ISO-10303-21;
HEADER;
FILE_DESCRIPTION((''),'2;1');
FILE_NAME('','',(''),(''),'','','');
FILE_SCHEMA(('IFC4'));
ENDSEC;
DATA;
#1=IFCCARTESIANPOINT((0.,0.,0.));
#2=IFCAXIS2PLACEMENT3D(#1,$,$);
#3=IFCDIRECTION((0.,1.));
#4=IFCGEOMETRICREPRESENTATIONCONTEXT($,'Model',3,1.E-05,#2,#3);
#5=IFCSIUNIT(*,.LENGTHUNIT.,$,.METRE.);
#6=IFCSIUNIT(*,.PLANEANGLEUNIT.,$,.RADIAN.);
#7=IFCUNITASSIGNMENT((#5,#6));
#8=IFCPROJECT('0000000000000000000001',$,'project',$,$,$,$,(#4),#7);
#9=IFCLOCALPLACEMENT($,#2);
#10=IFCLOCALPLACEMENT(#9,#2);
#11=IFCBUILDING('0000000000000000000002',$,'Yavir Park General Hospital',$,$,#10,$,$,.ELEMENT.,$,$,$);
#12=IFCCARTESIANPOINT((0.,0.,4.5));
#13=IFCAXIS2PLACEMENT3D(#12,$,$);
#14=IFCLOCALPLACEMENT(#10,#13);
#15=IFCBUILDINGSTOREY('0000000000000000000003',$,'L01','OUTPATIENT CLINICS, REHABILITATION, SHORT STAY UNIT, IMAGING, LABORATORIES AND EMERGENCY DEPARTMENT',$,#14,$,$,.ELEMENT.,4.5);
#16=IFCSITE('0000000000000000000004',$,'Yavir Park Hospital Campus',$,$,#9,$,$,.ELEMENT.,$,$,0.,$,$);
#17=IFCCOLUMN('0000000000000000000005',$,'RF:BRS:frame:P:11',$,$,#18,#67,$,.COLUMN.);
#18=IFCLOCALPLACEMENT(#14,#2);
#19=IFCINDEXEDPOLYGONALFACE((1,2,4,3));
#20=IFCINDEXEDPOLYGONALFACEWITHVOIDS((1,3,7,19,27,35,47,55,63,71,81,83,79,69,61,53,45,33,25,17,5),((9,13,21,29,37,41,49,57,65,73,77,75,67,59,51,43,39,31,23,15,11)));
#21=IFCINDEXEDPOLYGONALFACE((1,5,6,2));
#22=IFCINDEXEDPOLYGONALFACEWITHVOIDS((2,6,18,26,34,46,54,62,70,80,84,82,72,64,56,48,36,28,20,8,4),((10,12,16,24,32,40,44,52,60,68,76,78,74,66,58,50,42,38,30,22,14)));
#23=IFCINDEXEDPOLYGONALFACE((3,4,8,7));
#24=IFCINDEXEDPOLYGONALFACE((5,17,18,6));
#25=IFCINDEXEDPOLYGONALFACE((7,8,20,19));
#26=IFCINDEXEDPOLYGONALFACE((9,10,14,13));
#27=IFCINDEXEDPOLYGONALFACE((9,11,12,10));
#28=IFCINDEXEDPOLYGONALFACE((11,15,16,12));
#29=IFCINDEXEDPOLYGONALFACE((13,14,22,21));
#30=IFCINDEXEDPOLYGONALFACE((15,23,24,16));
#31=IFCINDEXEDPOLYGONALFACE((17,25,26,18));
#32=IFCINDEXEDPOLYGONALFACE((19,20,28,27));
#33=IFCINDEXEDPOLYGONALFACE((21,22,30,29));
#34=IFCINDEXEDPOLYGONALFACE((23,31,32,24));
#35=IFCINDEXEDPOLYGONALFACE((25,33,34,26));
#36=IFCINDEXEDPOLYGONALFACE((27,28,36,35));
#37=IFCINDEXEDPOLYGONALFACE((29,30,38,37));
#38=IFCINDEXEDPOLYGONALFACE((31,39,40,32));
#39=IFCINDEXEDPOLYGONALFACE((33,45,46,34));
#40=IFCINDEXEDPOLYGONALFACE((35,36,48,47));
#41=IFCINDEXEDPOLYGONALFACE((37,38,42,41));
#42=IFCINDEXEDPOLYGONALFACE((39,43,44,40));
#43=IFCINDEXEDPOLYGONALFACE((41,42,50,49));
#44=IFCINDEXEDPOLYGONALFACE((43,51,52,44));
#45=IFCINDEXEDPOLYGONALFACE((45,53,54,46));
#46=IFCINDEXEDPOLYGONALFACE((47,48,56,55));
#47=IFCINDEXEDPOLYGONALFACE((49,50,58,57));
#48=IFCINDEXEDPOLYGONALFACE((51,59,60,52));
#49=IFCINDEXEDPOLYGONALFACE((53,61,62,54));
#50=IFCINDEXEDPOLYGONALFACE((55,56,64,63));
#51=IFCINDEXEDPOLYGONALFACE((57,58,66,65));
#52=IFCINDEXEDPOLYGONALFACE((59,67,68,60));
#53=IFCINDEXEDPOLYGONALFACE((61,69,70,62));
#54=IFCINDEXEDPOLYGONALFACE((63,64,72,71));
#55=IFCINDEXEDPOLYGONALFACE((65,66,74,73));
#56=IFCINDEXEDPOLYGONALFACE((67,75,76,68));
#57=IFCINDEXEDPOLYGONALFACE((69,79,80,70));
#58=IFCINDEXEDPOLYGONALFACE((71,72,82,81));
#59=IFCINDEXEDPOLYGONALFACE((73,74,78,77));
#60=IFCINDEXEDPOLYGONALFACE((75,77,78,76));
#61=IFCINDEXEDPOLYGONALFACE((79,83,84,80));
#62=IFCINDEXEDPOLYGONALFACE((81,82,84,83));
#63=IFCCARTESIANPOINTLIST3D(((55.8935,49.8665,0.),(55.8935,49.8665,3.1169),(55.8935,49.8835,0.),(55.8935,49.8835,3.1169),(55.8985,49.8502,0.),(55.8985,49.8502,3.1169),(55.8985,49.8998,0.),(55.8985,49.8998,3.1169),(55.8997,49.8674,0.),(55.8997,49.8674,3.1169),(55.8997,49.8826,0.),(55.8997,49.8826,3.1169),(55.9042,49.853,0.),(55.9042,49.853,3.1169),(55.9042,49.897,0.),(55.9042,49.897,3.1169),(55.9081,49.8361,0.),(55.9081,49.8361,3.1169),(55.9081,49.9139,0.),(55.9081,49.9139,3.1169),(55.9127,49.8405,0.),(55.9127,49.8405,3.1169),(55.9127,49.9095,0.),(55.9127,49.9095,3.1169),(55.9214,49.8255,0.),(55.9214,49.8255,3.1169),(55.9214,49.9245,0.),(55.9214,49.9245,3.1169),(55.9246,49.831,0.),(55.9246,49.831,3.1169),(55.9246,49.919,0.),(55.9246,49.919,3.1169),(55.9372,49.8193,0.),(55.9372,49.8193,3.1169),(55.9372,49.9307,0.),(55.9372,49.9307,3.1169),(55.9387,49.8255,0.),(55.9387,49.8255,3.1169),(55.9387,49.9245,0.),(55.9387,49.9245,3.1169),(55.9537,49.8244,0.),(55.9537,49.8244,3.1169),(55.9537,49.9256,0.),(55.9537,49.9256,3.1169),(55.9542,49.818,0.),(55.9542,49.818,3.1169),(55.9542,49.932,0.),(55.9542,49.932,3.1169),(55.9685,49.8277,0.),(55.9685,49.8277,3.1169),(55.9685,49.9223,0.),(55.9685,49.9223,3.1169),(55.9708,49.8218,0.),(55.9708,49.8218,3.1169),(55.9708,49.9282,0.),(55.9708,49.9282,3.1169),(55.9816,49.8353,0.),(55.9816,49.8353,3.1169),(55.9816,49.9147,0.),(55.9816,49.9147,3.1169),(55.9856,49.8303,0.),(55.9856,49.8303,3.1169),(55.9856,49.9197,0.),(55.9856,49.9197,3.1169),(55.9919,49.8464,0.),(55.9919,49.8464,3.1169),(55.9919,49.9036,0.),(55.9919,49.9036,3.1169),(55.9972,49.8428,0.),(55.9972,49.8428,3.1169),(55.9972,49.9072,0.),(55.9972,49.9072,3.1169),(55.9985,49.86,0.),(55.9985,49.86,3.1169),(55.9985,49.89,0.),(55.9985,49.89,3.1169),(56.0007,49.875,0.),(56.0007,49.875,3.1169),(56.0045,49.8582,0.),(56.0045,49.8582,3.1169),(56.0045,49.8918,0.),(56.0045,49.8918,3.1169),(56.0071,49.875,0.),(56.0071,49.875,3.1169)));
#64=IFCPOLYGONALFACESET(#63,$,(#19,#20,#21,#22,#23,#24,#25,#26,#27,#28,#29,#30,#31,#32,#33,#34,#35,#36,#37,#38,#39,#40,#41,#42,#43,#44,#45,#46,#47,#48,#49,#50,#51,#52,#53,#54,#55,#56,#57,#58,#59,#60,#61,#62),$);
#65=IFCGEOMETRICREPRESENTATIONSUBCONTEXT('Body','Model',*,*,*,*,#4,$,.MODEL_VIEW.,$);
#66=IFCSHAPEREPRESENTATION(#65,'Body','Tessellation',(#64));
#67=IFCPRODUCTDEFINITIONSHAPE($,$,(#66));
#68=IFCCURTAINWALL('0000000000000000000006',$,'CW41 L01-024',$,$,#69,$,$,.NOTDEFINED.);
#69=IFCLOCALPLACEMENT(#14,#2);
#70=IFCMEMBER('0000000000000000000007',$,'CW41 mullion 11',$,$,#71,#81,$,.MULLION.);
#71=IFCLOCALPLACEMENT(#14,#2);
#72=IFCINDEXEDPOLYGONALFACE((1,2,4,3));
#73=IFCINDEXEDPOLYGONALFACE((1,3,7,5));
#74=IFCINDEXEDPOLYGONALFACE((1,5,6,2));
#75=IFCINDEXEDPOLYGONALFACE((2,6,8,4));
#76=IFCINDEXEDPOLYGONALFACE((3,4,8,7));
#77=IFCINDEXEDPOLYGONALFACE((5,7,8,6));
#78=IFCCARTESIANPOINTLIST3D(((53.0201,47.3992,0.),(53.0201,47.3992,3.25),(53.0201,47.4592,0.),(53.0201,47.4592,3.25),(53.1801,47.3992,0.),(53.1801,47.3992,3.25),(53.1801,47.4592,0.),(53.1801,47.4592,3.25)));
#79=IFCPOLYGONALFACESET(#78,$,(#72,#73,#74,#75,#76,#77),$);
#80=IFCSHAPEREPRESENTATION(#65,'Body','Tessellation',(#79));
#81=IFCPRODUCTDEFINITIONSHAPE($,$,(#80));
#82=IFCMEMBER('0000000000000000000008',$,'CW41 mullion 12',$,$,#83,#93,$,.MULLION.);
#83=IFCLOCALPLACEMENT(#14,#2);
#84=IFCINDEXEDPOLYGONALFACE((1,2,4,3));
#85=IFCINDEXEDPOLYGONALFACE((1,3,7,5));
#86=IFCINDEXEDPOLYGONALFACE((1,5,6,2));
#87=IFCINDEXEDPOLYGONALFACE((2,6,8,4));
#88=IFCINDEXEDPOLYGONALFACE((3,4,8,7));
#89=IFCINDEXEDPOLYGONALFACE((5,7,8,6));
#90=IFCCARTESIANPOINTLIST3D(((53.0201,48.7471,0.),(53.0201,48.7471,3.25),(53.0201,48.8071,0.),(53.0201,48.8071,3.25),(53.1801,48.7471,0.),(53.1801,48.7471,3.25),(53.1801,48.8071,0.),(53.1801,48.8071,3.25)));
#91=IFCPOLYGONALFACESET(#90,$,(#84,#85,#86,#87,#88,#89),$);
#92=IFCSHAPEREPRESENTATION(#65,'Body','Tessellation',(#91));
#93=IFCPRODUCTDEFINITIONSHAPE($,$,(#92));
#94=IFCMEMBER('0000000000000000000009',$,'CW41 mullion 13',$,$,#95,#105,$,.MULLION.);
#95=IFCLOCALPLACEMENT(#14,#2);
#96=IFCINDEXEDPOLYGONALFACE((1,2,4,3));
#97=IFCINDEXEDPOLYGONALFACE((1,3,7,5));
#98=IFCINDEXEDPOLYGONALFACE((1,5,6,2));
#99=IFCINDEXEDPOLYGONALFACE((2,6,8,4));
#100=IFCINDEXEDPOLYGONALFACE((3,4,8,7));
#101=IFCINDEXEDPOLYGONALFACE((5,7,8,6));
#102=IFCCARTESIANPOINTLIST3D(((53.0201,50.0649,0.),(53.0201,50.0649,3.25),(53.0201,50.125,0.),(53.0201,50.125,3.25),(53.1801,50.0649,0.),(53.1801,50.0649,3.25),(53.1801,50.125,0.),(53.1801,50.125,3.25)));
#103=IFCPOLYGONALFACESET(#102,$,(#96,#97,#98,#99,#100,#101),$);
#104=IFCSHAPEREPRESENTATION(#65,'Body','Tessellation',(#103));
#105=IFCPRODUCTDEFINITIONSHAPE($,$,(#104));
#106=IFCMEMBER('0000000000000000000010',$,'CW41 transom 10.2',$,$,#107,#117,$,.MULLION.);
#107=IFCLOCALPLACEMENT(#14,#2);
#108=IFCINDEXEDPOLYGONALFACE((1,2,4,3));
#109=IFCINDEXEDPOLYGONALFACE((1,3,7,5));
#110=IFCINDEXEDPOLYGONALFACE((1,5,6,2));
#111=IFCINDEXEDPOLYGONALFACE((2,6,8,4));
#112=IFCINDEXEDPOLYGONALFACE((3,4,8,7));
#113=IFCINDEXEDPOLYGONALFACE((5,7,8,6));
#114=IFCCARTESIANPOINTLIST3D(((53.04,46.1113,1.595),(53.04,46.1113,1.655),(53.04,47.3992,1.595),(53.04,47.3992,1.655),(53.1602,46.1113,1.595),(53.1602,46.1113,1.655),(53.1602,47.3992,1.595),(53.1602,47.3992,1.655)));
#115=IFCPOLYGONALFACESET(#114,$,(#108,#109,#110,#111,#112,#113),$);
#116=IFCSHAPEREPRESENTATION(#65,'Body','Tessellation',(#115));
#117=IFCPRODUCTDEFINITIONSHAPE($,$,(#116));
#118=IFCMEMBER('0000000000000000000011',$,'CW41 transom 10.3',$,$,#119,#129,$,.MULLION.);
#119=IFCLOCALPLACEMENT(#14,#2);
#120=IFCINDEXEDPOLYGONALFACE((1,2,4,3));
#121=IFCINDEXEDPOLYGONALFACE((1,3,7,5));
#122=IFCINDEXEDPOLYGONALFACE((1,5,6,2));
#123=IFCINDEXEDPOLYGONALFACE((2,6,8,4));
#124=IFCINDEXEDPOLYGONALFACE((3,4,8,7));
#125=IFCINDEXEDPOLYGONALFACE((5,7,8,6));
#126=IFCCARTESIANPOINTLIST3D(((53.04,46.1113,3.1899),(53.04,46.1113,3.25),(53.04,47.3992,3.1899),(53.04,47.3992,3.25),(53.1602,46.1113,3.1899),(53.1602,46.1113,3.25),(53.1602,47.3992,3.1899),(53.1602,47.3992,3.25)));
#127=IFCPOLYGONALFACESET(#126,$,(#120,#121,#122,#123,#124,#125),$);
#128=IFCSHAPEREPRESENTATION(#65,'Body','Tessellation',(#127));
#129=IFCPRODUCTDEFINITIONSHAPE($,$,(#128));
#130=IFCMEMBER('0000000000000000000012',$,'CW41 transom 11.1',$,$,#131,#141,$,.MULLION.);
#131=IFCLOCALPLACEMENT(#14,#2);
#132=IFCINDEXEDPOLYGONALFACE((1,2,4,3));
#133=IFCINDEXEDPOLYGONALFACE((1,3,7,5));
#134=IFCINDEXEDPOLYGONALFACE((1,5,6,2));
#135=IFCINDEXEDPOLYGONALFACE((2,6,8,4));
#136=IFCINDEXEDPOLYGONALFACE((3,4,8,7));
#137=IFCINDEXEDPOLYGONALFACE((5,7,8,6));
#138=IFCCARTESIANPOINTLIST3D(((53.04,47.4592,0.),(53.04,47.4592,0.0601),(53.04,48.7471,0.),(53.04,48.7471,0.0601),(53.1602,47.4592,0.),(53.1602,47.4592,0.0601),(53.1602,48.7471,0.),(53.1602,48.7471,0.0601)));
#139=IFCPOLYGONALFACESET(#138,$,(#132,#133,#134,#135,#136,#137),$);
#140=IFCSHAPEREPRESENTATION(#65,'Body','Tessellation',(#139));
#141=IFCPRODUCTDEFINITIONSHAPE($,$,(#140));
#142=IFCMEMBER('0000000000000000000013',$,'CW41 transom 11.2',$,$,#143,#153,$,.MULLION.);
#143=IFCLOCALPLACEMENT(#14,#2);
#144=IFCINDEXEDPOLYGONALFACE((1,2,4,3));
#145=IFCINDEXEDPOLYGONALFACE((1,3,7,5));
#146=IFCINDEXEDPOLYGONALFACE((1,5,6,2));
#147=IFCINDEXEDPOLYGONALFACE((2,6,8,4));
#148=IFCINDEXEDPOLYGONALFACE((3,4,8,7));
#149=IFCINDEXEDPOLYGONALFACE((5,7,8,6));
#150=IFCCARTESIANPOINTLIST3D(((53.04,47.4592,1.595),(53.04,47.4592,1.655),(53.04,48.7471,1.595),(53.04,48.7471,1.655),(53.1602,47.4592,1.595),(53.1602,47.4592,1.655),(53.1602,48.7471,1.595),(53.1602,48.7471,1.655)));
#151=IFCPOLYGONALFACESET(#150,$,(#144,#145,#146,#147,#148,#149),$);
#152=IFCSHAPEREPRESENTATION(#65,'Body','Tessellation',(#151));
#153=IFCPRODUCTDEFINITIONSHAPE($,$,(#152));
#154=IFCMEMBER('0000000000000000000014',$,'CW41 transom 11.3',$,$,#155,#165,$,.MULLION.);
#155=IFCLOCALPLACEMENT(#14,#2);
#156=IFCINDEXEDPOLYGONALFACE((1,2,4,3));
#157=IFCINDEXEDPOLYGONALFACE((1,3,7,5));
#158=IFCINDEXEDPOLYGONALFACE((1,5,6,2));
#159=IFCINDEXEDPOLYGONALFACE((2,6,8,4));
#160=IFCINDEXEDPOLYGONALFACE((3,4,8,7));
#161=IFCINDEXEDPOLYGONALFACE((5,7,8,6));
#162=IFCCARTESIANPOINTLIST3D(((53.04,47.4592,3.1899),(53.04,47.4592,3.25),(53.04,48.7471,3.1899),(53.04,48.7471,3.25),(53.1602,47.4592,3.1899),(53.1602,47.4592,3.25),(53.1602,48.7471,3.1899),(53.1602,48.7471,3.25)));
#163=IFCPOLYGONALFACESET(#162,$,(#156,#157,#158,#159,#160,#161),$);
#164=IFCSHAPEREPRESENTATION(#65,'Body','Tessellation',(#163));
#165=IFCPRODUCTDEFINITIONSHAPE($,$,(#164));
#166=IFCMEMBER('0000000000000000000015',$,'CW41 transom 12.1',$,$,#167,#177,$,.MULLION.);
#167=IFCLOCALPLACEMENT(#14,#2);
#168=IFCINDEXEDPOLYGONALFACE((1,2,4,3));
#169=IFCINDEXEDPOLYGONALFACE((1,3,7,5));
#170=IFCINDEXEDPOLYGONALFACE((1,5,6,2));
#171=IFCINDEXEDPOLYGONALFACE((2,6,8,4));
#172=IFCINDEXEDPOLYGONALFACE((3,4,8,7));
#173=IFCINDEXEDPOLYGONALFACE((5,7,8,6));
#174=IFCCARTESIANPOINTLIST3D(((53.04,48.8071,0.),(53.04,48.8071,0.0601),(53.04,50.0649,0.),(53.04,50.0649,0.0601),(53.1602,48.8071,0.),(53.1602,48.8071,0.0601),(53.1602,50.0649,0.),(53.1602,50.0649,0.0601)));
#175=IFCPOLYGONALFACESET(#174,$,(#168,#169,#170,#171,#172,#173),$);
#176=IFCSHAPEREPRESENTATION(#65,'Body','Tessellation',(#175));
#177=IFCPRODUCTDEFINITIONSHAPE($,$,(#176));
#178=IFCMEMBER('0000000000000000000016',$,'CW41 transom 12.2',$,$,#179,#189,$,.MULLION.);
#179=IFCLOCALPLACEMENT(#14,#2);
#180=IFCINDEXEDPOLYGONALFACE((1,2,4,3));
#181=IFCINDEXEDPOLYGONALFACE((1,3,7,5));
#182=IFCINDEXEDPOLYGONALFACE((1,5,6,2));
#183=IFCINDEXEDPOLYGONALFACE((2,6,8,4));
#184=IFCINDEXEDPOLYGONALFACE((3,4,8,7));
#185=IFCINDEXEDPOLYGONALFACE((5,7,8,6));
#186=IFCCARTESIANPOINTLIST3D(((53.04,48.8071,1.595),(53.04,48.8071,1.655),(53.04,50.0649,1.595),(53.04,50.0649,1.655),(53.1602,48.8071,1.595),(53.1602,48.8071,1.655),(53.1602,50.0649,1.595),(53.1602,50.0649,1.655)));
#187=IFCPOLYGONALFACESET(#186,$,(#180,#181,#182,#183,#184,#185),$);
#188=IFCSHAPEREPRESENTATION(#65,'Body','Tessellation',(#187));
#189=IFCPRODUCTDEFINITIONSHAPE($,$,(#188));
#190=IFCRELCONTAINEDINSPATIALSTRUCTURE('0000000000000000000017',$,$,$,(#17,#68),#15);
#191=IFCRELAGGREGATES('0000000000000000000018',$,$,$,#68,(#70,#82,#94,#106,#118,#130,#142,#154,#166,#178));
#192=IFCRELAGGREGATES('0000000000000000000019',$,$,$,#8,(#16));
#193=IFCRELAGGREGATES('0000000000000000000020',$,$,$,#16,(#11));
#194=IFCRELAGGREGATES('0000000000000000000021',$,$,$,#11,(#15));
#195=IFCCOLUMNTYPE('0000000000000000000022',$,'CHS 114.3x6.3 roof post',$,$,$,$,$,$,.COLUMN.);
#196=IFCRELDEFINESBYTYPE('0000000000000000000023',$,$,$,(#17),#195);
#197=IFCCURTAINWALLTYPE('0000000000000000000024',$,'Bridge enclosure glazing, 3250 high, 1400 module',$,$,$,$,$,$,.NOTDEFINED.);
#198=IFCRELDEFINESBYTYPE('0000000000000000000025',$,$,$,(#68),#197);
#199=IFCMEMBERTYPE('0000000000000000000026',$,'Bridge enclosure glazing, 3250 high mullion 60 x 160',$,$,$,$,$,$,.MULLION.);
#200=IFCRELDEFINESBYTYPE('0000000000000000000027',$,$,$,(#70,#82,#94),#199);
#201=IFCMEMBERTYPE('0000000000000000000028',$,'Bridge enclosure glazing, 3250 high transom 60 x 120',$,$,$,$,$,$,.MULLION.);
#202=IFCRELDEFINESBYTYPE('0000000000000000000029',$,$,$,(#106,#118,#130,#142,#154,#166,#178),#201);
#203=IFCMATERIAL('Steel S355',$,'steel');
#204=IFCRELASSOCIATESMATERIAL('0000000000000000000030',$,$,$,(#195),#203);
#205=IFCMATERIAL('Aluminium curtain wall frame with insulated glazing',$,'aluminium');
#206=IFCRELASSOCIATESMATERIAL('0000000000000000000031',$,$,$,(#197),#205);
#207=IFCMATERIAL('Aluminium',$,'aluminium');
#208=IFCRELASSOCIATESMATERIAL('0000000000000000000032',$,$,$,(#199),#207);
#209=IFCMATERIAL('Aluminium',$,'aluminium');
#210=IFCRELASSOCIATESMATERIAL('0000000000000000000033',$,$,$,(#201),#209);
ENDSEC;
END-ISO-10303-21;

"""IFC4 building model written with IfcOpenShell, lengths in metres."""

from ifc_helpers import new_model, si_unit, direction, frame, origin, origin_2d, place, context, subcontext, project, spatial, rectangle, hollow_circle, extrude, material, material_profile, profile_set, type_object, element, aggregate, save


model = new_model("IFC4")

# Units and contexts
model_context = context("Model", 3, precision=1e-05, world=origin(), true_north=direction((0.0, 1.0)))
body_context = subcontext(model_context, "Body", "Model", "MODEL_VIEW")
ifc_project = project(units=[si_unit("LENGTHUNIT", "METRE"), si_unit("PLANEANGLEUNIT", "RADIAN")], contexts=[model_context])

# Site, building, storey
site_placement = place(None, origin())
site = spatial("IfcSite", under=ifc_project, at=site_placement, Name="Yavir Park Hospital Campus", CompositionType="ELEMENT", RefElevation=0.0)
building_placement = place(site_placement, origin())
building = spatial("IfcBuilding", under=site, at=building_placement, Name="Yavir Park General Hospital", CompositionType="ELEMENT")
storey_placement = place(building_placement, frame((0.0, 0.0, 4.5)))
storey = spatial("IfcBuildingStorey", under=building, at=storey_placement, Name="L01", Description="OUTPATIENT CLINICS, REHABILITATION, SHORT STAY UNIT, IMAGING, LABORATORIES AND EMERGENCY DEPARTMENT", CompositionType="ELEMENT", Elevation=4.5)

# Column
ifc_material_1 = material(Name="Steel S355", Category="steel")
ifc_material_profile_1 = material_profile(ifc_material_1, hollow_circle(Radius=0.0571, WallThickness=0.0063, at=origin_2d()), Name="CHS114.3x6.3")
ifc_profile_set_1 = profile_set([ifc_material_profile_1], Name="Steel S355")
column_type = type_object("IfcColumnType", Name="CHS 114.3x6.3 roof post", PredefinedType="COLUMN", material=ifc_profile_set_1)
for number, where, z_axis, x_axis, name in (
    (1, (55.95, 49.875, 0.0), (0.0, 0.0, 1.0), (1.0, 0.0, 0.0), "RF:BRS:frame:P:11"),
):
    element("IfcColumn", number, at=place(storey_placement, frame(where, z_axis=z_axis, x_axis=x_axis)), inside=storey, type_object=column_type, Name=name, PredefinedType="COLUMN", context=body_context, shape_type="SweptSolid", body=[
        extrude(hollow_circle(Radius=0.0571, WallThickness=0.0063, at=origin_2d()), origin(), (0.0, 0.0, 1.0), 3.1169),
    ])

# Curtain wall, members
ifc_material_2 = material(Name="Aluminium curtain wall frame with insulated glazing", Category="aluminium")
curtain_wall_type = type_object("IfcCurtainWallType", Name="Bridge enclosure glazing, 3250 high, 1400 module", PredefinedType="NOTDEFINED", material=ifc_material_2)
curtain_wall_placement = place(storey_placement, origin())
curtain_wall = element("IfcCurtainWall", 2, at=curtain_wall_placement, inside=storey, type_object=curtain_wall_type, Name="CW41 L01-024", PredefinedType="NOTDEFINED")
ifc_material_3 = material(Name="Aluminium", Category="aluminium")
ifc_material_profile_2 = material_profile(ifc_material_3, rectangle(XDim=0.1599, YDim=0.0601, at=origin_2d()), Name="AL 60x160")
ifc_profile_set_2 = profile_set([ifc_material_profile_2], Name="Aluminium")
member_type_1 = type_object("IfcMemberType", Name="Bridge enclosure glazing, 3250 high mullion 60 x 160", PredefinedType="MULLION", material=ifc_profile_set_2)
member_1_placement = place(storey_placement, frame((53.1001, 47.4292, 0.0), z_axis=(0.0, 0.0, 1.0), x_axis=(-1.0, 0.0, 0.0)))
member_1 = element("IfcMember", 3, at=member_1_placement, type_object=member_type_1, Name="CW41 mullion 11", PredefinedType="MULLION", context=body_context, shape_type="SweptSolid", body=[
    extrude(rectangle(XDim=0.1599, YDim=0.0601, at=origin_2d()), origin(), (0.0, 0.0, 1.0), 3.25),
])
member_2_placement = place(storey_placement, frame((53.1001, 48.7771, 0.0), z_axis=(0.0, 0.0, 1.0), x_axis=(-1.0, 0.0, 0.0)))
member_2 = element("IfcMember", 4, at=member_2_placement, type_object=member_type_1, Name="CW41 mullion 12", PredefinedType="MULLION", context=body_context, shape_type="SweptSolid", body=[
    extrude(rectangle(XDim=0.1599, YDim=0.0601, at=origin_2d()), origin(), (0.0, 0.0, 1.0), 3.25),
])
member_3_placement = place(storey_placement, frame((53.1001, 50.095, 0.0), z_axis=(0.0, 0.0, 1.0), x_axis=(-1.0, 0.0, 0.0)))
member_3 = element("IfcMember", 5, at=member_3_placement, type_object=member_type_1, Name="CW41 mullion 13", PredefinedType="MULLION", context=body_context, shape_type="SweptSolid", body=[
    extrude(rectangle(XDim=0.1599, YDim=0.0601, at=origin_2d()), origin(), (0.0, 0.0, 1.0), 3.25),
])
ifc_material_4 = material(Name="Aluminium", Category="aluminium")
ifc_material_profile_3 = material_profile(ifc_material_4, rectangle(XDim=0.1201, YDim=0.0601, at=origin_2d()), Name="AL 120x60")
ifc_profile_set_3 = profile_set([ifc_material_profile_3], Name="Aluminium")
member_type_2 = type_object("IfcMemberType", Name="Bridge enclosure glazing, 3250 high transom 60 x 120", PredefinedType="MULLION", material=ifc_profile_set_3)
member_4_placement = place(storey_placement, frame((53.1001, 46.1113, 1.625), z_axis=(0.0, 1.0, 0.0), x_axis=(-1.0, 0.0, 0.0)))
member_4 = element("IfcMember", 6, at=member_4_placement, type_object=member_type_2, Name="CW41 transom 10.2", PredefinedType="MULLION", context=body_context, shape_type="SweptSolid", body=[
    extrude(rectangle(XDim=0.1201, YDim=0.0601, at=origin_2d()), origin(), (0.0, 0.0, 1.0), 1.2878),
])
member_5_placement = place(storey_placement, frame((53.1001, 46.1113, 3.22), z_axis=(0.0, 1.0, 0.0), x_axis=(-1.0, 0.0, 0.0)))
member_5 = element("IfcMember", 7, at=member_5_placement, type_object=member_type_2, Name="CW41 transom 10.3", PredefinedType="MULLION", context=body_context, shape_type="SweptSolid", body=[
    extrude(rectangle(XDim=0.1201, YDim=0.0601, at=origin_2d()), origin(), (0.0, 0.0, 1.0), 1.2878),
])
member_6_placement = place(storey_placement, frame((53.1001, 47.4592, 0.03), z_axis=(0.0, 1.0, 0.0), x_axis=(-1.0, 0.0, 0.0)))
member_6 = element("IfcMember", 8, at=member_6_placement, type_object=member_type_2, Name="CW41 transom 11.1", PredefinedType="MULLION", context=body_context, shape_type="SweptSolid", body=[
    extrude(rectangle(XDim=0.1201, YDim=0.0601, at=origin_2d()), origin(), (0.0, 0.0, 1.0), 1.2878),
])
member_7_placement = place(storey_placement, frame((53.1001, 47.4592, 1.625), z_axis=(0.0, 1.0, 0.0), x_axis=(-1.0, 0.0, 0.0)))
member_7 = element("IfcMember", 9, at=member_7_placement, type_object=member_type_2, Name="CW41 transom 11.2", PredefinedType="MULLION", context=body_context, shape_type="SweptSolid", body=[
    extrude(rectangle(XDim=0.1201, YDim=0.0601, at=origin_2d()), origin(), (0.0, 0.0, 1.0), 1.2878),
])
member_8_placement = place(storey_placement, frame((53.1001, 47.4592, 3.22), z_axis=(0.0, 1.0, 0.0), x_axis=(-1.0, 0.0, 0.0)))
member_8 = element("IfcMember", 10, at=member_8_placement, type_object=member_type_2, Name="CW41 transom 11.3", PredefinedType="MULLION", context=body_context, shape_type="SweptSolid", body=[
    extrude(rectangle(XDim=0.1201, YDim=0.0601, at=origin_2d()), origin(), (0.0, 0.0, 1.0), 1.2878),
])
member_9_placement = place(storey_placement, frame((53.1001, 48.8071, 0.03), z_axis=(0.0, 1.0, 0.0), x_axis=(-1.0, 0.0, 0.0)))
member_9 = element("IfcMember", 11, at=member_9_placement, type_object=member_type_2, Name="CW41 transom 12.1", PredefinedType="MULLION", context=body_context, shape_type="SweptSolid", body=[
    extrude(rectangle(XDim=0.1201, YDim=0.0601, at=origin_2d()), origin(), (0.0, 0.0, 1.0), 1.2578),
])
member_10_placement = place(storey_placement, frame((53.1001, 48.8071, 1.625), z_axis=(0.0, 1.0, 0.0), x_axis=(-1.0, 0.0, 0.0)))
member_10 = element("IfcMember", 12, at=member_10_placement, type_object=member_type_2, Name="CW41 transom 12.2", PredefinedType="MULLION", context=body_context, shape_type="SweptSolid", body=[
    extrude(rectangle(XDim=0.1201, YDim=0.0601, at=origin_2d()), origin(), (0.0, 0.0, 1.0), 1.2578),
])

aggregate(curtain_wall, [member_1, member_2, member_3, member_4, member_5, member_6, member_7, member_8, member_9, member_10])

save(model, "model.ifc")
